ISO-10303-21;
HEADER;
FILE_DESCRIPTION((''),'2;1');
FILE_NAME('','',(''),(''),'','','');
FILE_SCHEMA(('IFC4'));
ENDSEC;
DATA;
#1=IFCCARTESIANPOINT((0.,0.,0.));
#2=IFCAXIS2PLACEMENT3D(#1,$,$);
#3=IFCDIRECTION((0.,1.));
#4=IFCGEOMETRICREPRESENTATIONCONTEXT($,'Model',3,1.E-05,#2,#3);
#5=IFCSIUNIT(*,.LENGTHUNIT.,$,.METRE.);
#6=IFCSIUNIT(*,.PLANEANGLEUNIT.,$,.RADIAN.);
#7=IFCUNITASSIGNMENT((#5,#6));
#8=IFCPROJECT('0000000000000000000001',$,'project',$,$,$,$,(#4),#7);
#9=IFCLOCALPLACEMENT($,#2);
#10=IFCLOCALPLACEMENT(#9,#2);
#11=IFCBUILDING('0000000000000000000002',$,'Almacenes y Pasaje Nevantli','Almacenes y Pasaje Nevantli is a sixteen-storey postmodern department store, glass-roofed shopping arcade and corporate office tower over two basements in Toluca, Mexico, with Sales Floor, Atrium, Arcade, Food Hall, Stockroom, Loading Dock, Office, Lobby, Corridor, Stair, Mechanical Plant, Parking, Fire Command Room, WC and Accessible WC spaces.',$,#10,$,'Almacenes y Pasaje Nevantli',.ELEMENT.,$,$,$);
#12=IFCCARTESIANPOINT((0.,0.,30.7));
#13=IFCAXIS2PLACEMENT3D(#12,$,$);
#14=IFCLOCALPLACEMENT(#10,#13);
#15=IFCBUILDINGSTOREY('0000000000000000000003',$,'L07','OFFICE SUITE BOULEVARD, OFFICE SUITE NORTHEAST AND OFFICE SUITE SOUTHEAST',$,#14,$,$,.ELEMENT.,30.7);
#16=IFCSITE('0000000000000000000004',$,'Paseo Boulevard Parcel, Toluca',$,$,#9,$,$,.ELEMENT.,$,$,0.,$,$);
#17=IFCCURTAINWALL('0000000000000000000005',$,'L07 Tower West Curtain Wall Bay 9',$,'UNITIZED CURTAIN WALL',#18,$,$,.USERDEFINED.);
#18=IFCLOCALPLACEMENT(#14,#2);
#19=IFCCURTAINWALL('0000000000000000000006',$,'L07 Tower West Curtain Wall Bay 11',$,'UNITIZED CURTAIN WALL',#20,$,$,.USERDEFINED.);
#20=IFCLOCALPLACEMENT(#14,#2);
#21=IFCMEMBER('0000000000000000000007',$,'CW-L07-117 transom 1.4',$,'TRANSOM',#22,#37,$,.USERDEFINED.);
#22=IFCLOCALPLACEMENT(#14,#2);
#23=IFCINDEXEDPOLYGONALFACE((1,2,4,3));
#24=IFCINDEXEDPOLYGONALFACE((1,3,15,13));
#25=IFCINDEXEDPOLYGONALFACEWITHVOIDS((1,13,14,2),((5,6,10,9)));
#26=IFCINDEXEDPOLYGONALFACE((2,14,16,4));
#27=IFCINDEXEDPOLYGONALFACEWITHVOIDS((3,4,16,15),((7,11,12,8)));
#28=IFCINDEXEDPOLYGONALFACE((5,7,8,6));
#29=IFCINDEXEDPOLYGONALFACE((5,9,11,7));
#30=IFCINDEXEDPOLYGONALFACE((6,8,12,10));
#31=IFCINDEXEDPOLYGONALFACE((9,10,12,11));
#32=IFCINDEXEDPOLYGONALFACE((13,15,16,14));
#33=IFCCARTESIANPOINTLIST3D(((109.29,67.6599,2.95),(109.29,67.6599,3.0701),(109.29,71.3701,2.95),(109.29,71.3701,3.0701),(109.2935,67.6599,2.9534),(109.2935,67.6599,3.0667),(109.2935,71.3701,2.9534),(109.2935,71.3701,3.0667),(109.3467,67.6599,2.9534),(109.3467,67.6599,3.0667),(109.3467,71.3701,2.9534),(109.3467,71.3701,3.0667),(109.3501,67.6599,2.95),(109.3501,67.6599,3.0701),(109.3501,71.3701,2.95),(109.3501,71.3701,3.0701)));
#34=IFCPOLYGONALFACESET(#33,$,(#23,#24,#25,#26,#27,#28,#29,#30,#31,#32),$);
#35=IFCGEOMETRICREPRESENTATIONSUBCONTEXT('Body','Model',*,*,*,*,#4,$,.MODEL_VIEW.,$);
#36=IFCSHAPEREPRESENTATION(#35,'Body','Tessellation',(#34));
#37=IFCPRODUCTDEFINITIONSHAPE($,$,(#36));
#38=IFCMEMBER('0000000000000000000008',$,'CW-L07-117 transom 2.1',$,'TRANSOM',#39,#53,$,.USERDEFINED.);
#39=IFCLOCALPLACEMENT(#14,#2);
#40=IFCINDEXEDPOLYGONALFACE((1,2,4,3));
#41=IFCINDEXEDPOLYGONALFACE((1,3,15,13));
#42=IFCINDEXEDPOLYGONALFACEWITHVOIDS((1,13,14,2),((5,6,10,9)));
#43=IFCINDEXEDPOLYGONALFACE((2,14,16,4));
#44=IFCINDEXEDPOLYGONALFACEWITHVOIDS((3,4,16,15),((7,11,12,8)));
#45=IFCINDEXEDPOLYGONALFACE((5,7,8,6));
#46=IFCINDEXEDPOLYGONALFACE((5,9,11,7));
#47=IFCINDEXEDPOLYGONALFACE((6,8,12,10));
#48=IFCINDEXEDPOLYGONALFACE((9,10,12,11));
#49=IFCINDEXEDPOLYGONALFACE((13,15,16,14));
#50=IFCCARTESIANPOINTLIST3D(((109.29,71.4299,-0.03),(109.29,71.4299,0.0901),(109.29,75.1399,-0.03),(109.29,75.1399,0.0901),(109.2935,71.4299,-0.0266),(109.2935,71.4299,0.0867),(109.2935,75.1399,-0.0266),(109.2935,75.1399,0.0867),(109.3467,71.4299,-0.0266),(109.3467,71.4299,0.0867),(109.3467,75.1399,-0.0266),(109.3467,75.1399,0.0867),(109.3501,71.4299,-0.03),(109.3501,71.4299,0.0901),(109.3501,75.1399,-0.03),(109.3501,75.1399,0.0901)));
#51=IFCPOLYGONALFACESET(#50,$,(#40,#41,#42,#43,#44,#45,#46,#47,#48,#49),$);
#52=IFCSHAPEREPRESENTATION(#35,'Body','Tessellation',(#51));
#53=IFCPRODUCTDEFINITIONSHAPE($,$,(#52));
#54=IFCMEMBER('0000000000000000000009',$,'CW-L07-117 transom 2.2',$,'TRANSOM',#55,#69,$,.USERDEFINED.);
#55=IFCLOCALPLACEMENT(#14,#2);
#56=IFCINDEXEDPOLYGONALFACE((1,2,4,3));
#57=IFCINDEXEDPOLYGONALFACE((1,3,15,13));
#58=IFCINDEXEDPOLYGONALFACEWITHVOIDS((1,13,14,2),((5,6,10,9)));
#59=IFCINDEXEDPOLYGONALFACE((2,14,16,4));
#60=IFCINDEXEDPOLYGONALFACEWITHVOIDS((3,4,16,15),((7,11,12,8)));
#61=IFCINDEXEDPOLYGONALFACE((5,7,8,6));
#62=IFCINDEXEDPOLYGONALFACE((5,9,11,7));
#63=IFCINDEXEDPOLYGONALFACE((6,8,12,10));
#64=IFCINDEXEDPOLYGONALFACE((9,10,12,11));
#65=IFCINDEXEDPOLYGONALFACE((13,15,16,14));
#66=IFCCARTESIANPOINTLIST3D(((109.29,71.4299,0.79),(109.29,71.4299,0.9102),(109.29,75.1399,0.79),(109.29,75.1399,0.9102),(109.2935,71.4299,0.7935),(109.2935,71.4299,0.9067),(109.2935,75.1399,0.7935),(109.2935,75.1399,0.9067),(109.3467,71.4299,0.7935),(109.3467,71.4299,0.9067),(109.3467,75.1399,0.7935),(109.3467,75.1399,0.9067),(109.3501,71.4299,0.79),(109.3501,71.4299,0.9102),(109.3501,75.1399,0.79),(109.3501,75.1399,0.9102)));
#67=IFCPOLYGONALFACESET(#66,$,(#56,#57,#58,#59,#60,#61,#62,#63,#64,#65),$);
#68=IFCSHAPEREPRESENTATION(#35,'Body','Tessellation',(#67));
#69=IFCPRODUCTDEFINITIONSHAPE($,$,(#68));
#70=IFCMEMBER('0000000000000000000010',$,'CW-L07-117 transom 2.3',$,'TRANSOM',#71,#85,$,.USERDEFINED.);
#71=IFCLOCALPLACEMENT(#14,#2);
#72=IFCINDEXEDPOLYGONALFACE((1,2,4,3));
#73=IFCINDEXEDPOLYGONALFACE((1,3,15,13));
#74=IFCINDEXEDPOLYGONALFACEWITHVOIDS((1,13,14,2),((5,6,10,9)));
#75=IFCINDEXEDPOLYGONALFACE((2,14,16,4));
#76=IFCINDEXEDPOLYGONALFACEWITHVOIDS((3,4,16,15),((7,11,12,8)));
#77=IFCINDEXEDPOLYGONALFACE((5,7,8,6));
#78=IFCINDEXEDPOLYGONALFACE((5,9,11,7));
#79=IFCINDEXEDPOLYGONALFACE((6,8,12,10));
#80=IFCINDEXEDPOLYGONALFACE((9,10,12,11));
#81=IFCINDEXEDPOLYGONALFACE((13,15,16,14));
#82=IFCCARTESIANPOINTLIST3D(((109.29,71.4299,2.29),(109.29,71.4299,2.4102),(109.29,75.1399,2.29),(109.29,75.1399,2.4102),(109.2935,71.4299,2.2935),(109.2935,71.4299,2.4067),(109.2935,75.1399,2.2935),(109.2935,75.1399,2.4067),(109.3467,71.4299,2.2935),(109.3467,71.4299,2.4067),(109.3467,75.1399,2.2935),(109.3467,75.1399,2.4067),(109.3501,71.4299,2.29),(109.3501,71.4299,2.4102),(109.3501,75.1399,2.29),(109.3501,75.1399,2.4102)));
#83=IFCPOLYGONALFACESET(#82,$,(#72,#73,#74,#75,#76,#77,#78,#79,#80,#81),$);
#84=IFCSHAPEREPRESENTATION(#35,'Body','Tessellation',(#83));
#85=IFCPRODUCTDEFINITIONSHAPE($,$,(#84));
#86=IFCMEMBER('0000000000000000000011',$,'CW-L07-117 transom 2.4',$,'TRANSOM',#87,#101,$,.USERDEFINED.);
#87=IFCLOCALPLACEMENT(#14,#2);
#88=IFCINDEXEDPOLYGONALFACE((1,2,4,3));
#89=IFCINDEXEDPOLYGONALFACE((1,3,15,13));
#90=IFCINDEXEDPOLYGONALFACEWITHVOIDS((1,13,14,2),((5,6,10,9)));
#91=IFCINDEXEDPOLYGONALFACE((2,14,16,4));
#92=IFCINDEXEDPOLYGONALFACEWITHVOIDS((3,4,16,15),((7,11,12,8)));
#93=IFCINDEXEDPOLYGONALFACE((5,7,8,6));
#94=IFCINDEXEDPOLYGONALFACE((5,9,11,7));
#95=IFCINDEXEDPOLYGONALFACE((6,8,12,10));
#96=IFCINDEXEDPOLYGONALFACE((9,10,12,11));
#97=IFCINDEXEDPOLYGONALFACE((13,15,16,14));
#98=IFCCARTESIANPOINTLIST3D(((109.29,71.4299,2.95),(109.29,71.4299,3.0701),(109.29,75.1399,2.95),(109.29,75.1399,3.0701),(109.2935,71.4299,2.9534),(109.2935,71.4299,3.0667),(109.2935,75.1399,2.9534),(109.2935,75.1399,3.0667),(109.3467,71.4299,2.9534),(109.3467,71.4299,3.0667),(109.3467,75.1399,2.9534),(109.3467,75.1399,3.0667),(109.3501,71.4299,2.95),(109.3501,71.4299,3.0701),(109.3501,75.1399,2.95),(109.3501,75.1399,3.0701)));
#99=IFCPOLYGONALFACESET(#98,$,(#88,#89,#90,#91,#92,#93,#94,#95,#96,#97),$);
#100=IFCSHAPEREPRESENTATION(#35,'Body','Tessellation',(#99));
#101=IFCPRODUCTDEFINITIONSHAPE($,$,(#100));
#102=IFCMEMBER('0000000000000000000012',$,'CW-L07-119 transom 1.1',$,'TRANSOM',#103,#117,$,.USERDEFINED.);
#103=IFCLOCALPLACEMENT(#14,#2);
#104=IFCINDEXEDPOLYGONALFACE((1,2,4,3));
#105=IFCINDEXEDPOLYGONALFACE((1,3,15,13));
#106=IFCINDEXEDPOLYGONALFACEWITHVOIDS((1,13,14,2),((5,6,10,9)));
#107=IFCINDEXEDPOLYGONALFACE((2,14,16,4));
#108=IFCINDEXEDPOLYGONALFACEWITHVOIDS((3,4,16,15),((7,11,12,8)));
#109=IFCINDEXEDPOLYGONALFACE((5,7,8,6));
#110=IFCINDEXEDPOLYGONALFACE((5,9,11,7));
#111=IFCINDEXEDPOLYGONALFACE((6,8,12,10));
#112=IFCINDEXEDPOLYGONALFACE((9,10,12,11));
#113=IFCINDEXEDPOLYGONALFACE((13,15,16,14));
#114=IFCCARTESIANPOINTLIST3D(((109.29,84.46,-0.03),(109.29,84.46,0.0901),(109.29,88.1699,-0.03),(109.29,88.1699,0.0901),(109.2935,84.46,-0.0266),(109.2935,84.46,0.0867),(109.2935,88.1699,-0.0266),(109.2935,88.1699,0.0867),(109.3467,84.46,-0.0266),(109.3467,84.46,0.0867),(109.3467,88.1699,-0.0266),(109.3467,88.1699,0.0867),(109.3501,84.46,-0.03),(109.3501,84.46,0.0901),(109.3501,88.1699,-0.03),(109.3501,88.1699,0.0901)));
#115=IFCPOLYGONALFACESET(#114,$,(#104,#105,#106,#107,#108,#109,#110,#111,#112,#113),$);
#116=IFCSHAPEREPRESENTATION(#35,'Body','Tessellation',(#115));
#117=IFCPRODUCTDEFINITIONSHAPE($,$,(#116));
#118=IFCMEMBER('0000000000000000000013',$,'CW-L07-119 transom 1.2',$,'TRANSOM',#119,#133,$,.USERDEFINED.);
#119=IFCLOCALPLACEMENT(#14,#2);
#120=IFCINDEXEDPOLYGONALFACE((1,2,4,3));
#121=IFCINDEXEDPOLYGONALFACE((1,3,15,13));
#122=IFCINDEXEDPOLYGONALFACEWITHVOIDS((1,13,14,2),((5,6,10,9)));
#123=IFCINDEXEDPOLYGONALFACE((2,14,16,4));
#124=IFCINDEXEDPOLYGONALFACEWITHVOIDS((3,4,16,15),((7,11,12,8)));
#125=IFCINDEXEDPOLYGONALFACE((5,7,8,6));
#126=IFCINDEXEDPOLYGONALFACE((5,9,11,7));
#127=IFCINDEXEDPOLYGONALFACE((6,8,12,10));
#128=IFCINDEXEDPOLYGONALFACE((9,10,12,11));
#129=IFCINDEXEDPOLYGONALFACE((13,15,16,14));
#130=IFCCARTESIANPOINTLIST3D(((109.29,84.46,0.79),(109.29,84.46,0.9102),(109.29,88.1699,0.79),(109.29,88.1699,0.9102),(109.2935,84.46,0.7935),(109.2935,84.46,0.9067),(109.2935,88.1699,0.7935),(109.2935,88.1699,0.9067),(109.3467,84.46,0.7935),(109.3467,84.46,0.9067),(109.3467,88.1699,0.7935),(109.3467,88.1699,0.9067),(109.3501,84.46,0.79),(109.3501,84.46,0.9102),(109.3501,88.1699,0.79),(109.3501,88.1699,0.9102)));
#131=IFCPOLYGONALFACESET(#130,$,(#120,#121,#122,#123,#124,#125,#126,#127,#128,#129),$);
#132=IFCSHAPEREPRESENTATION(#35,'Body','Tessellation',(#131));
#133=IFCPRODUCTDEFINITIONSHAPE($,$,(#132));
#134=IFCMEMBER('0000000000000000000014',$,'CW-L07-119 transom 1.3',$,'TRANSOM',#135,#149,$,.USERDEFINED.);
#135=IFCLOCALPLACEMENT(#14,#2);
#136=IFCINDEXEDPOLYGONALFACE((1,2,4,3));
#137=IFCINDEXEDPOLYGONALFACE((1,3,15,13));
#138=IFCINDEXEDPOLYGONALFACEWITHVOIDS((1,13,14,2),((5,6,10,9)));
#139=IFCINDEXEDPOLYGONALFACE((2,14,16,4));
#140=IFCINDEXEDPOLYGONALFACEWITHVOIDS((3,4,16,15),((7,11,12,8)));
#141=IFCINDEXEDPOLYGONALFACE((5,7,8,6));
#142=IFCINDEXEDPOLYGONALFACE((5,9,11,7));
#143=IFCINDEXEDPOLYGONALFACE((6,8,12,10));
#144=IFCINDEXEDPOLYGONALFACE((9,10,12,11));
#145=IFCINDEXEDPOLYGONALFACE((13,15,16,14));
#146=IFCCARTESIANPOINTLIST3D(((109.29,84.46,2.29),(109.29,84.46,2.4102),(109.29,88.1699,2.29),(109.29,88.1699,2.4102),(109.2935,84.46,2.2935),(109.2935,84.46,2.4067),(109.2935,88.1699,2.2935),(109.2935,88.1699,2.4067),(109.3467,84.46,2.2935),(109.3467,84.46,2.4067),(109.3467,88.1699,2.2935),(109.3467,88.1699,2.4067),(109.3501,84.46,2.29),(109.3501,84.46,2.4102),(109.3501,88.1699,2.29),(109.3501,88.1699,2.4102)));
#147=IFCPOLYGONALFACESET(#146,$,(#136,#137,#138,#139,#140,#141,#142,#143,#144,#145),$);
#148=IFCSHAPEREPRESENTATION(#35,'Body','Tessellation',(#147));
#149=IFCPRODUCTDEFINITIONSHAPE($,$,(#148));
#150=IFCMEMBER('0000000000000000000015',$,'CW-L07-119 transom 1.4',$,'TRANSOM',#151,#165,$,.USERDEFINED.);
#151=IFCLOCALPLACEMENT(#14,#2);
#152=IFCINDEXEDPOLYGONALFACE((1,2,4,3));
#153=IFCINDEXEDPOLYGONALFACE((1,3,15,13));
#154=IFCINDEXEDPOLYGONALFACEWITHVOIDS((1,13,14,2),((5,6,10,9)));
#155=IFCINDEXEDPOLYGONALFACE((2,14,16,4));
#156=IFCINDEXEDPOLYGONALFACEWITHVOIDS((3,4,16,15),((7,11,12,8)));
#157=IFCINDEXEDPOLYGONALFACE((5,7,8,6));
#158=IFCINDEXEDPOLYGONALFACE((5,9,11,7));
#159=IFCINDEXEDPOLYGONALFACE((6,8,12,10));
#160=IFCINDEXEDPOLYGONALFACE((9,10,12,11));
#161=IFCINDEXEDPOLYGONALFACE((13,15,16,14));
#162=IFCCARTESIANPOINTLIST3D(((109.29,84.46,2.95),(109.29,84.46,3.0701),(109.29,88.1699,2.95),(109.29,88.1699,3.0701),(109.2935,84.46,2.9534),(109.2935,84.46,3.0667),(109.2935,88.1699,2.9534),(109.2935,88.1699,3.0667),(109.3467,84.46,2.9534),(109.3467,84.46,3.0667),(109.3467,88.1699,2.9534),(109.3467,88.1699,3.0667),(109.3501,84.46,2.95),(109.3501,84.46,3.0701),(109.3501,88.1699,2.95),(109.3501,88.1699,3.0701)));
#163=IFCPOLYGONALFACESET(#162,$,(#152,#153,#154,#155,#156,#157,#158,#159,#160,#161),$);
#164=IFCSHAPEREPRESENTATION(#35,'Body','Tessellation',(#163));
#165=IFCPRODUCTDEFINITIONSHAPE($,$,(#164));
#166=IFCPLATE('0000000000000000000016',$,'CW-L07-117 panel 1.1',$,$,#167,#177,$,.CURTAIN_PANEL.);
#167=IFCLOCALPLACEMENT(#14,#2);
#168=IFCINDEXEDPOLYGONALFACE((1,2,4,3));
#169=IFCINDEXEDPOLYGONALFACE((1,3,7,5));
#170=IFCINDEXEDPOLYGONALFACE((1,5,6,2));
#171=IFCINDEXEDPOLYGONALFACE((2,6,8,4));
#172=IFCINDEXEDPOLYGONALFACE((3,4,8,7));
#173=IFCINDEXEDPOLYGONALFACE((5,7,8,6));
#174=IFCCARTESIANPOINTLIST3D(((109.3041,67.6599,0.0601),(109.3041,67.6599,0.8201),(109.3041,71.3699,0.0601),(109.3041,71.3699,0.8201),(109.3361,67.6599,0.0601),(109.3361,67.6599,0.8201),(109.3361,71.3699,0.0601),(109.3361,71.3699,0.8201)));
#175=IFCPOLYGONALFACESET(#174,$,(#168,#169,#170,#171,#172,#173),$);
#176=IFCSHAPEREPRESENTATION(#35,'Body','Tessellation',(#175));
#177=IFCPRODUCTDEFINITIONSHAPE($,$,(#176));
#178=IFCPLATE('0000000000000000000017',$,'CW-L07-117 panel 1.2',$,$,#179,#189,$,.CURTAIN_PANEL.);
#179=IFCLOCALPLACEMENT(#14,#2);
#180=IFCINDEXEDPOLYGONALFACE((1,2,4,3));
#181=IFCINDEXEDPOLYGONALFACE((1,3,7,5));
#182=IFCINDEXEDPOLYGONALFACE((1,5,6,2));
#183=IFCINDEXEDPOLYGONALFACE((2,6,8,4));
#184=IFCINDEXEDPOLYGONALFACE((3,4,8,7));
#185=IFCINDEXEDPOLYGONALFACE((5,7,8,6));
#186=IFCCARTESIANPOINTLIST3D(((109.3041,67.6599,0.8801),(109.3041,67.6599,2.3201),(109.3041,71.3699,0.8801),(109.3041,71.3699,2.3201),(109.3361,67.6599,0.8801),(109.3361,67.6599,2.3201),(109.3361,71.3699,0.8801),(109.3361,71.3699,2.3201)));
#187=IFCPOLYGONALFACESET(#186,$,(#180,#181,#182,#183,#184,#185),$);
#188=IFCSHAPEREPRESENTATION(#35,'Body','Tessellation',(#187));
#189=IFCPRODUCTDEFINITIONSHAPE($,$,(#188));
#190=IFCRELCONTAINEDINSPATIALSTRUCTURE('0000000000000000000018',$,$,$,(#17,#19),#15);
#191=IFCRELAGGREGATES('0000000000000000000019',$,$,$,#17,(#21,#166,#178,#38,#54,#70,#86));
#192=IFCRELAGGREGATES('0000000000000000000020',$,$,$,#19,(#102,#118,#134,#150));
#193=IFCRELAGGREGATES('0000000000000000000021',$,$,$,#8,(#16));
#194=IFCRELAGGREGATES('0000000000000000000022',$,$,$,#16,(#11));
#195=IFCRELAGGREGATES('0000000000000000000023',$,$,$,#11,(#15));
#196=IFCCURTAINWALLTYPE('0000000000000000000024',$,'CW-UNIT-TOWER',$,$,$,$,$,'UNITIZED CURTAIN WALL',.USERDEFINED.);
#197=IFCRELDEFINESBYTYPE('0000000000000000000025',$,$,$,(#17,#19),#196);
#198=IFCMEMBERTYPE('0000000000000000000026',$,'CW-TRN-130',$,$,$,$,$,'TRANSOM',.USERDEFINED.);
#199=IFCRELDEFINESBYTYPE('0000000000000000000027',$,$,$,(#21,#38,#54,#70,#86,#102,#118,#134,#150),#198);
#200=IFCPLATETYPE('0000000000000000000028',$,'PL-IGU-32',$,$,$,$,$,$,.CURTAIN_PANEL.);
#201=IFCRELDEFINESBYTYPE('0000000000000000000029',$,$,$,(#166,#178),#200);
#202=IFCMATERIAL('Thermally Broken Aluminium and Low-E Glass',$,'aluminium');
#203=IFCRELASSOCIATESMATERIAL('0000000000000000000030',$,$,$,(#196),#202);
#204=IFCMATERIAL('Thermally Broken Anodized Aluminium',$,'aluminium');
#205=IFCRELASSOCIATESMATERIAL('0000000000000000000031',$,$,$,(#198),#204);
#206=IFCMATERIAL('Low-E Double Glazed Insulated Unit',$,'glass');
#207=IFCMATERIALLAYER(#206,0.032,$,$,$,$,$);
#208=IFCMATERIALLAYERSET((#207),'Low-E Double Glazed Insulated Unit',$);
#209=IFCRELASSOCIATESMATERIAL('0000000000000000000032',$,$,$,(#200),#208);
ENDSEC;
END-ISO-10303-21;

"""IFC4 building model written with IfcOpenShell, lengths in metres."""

from ifc_helpers import new_model, si_unit, direction, frame, origin, origin_2d, place, context, subcontext, project, spatial, rectangle, hollow_rectangle, extrude, material, layer, layer_set, material_profile, profile_set, type_object, element, aggregate, save


model = new_model("IFC4")

# Units and contexts
model_context = context("Model", 3, precision=1e-05, world=origin(), true_north=direction((0.0, 1.0)))
body_context = subcontext(model_context, "Body", "Model", "MODEL_VIEW")
ifc_project = project(units=[si_unit("LENGTHUNIT", "METRE"), si_unit("PLANEANGLEUNIT", "RADIAN")], contexts=[model_context])

# Site, building, storey
site_placement = place(None, origin())
site = spatial("IfcSite", under=ifc_project, at=site_placement, Name="Paseo Boulevard Parcel, Toluca", CompositionType="ELEMENT", RefElevation=0.0)
building_placement = place(site_placement, origin())
building = spatial("IfcBuilding", under=site, at=building_placement, Name="Almacenes y Pasaje Nevantli", Description="Almacenes y Pasaje Nevantli is a sixteen-storey postmodern department store, glass-roofed shopping arcade and corporate office tower over two basements in Toluca, Mexico, with Sales Floor, Atrium, Arcade, Food Hall, Stockroom, Loading Dock, Office, Lobby, Corridor, Stair, Mechanical Plant, Parking, Fire Command Room, WC and Accessible WC spaces.", LongName="Almacenes y Pasaje Nevantli", CompositionType="ELEMENT")
storey_placement = place(building_placement, frame((0.0, 0.0, 30.7)))
storey = spatial("IfcBuildingStorey", under=building, at=storey_placement, Name="L07", Description="OFFICE SUITE BOULEVARD, OFFICE SUITE NORTHEAST AND OFFICE SUITE SOUTHEAST", CompositionType="ELEMENT", Elevation=30.7)

# Curtain walls
ifc_material_1 = material(Name="Thermally Broken Aluminium and Low-E Glass", Category="aluminium")
curtain_wall_type = type_object("IfcCurtainWallType", Name="CW-UNIT-TOWER", ElementType="UNITIZED CURTAIN WALL", PredefinedType="USERDEFINED", material=ifc_material_1)
curtain_wall_1_placement = place(storey_placement, origin())
curtain_wall_1 = element("IfcCurtainWall", 1, at=curtain_wall_1_placement, inside=storey, type_object=curtain_wall_type, Name="L07 Tower West Curtain Wall Bay 9", ObjectType="UNITIZED CURTAIN WALL", PredefinedType="USERDEFINED")
curtain_wall_2_placement = place(storey_placement, origin())
curtain_wall_2 = element("IfcCurtainWall", 2, at=curtain_wall_2_placement, inside=storey, type_object=curtain_wall_type, Name="L07 Tower West Curtain Wall Bay 11", ObjectType="UNITIZED CURTAIN WALL", PredefinedType="USERDEFINED")

# Members
ifc_material_2 = material(Name="Thermally Broken Anodized Aluminium", Category="aluminium")
ifc_material_profile_1 = material_profile(ifc_material_2, hollow_rectangle(XDim=0.0601, YDim=0.1201, WallThickness=0.0034, at=origin_2d()), Name="ALU-TRN-60x120")
ifc_profile_set_1 = profile_set([ifc_material_profile_1], Name="Thermally Broken Anodized Aluminium")
member_type_1 = type_object("IfcMemberType", Name="CW-TRN-130", ElementType="TRANSOM", PredefinedType="USERDEFINED", material=ifc_profile_set_1)
member_1_placement = place(storey_placement, frame((109.3201, 67.6599, 3.01), z_axis=(0.0, 1.0, 0.0), x_axis=(-1.0, 0.0, 0.0)))
member_1 = element("IfcMember", 3, at=member_1_placement, type_object=member_type_1, Name="CW-L07-117 transom 1.4", ObjectType="TRANSOM", PredefinedType="USERDEFINED", context=body_context, shape_type="SweptSolid", body=[
    extrude(hollow_rectangle(XDim=0.0601, YDim=0.1201, WallThickness=0.0034, at=origin_2d()), origin(), (0.0, 0.0, 1.0), 3.7102),
])
member_2_placement = place(storey_placement, frame((109.3201, 71.4299, 0.03), z_axis=(0.0, 1.0, 0.0), x_axis=(-1.0, 0.0, 0.0)))
member_2 = element("IfcMember", 4, at=member_2_placement, type_object=member_type_1, Name="CW-L07-117 transom 2.1", ObjectType="TRANSOM", PredefinedType="USERDEFINED", context=body_context, shape_type="SweptSolid", body=[
    extrude(hollow_rectangle(XDim=0.0601, YDim=0.1201, WallThickness=0.0034, at=origin_2d()), origin(), (0.0, 0.0, 1.0), 3.71),
])
member_3_placement = place(storey_placement, frame((109.3201, 71.4299, 0.8501), z_axis=(0.0, 1.0, 0.0), x_axis=(-1.0, 0.0, 0.0)))
member_3 = element("IfcMember", 5, at=member_3_placement, type_object=member_type_1, Name="CW-L07-117 transom 2.2", ObjectType="TRANSOM", PredefinedType="USERDEFINED", context=body_context, shape_type="SweptSolid", body=[
    extrude(hollow_rectangle(XDim=0.0601, YDim=0.1201, WallThickness=0.0034, at=origin_2d()), origin(), (0.0, 0.0, 1.0), 3.71),
])
member_4_placement = place(storey_placement, frame((109.3201, 71.4299, 2.3501), z_axis=(0.0, 1.0, 0.0), x_axis=(-1.0, 0.0, 0.0)))
member_4 = element("IfcMember", 6, at=member_4_placement, type_object=member_type_1, Name="CW-L07-117 transom 2.3", ObjectType="TRANSOM", PredefinedType="USERDEFINED", context=body_context, shape_type="SweptSolid", body=[
    extrude(hollow_rectangle(XDim=0.0601, YDim=0.1201, WallThickness=0.0034, at=origin_2d()), origin(), (0.0, 0.0, 1.0), 3.71),
])
member_5_placement = place(storey_placement, frame((109.3201, 71.4299, 3.01), z_axis=(0.0, 1.0, 0.0), x_axis=(-1.0, 0.0, 0.0)))
member_5 = element("IfcMember", 7, at=member_5_placement, type_object=member_type_1, Name="CW-L07-117 transom 2.4", ObjectType="TRANSOM", PredefinedType="USERDEFINED", context=body_context, shape_type="SweptSolid", body=[
    extrude(hollow_rectangle(XDim=0.0601, YDim=0.1201, WallThickness=0.0034, at=origin_2d()), origin(), (0.0, 0.0, 1.0), 3.71),
])
member_6_placement = place(storey_placement, frame((109.3201, 84.46, 0.03), z_axis=(0.0, 1.0, 0.0), x_axis=(-1.0, 0.0, 0.0)))
member_6 = element("IfcMember", 8, at=member_6_placement, type_object=member_type_1, Name="CW-L07-119 transom 1.1", ObjectType="TRANSOM", PredefinedType="USERDEFINED", context=body_context, shape_type="SweptSolid", body=[
    extrude(hollow_rectangle(XDim=0.0601, YDim=0.1201, WallThickness=0.0034, at=origin_2d()), origin(), (0.0, 0.0, 1.0), 3.71),
])
member_7_placement = place(storey_placement, frame((109.3201, 84.46, 0.8501), z_axis=(0.0, 1.0, 0.0), x_axis=(-1.0, 0.0, 0.0)))
member_7 = element("IfcMember", 9, at=member_7_placement, type_object=member_type_1, Name="CW-L07-119 transom 1.2", ObjectType="TRANSOM", PredefinedType="USERDEFINED", context=body_context, shape_type="SweptSolid", body=[
    extrude(hollow_rectangle(XDim=0.0601, YDim=0.1201, WallThickness=0.0034, at=origin_2d()), origin(), (0.0, 0.0, 1.0), 3.71),
])
member_8_placement = place(storey_placement, frame((109.3201, 84.46, 2.3501), z_axis=(0.0, 1.0, 0.0), x_axis=(-1.0, 0.0, 0.0)))
member_8 = element("IfcMember", 10, at=member_8_placement, type_object=member_type_1, Name="CW-L07-119 transom 1.3", ObjectType="TRANSOM", PredefinedType="USERDEFINED", context=body_context, shape_type="SweptSolid", body=[
    extrude(hollow_rectangle(XDim=0.0601, YDim=0.1201, WallThickness=0.0034, at=origin_2d()), origin(), (0.0, 0.0, 1.0), 3.71),
])
member_9_placement = place(storey_placement, frame((109.3201, 84.46, 3.01), z_axis=(0.0, 1.0, 0.0), x_axis=(-1.0, 0.0, 0.0)))
member_9 = element("IfcMember", 11, at=member_9_placement, type_object=member_type_1, Name="CW-L07-119 transom 1.4", ObjectType="TRANSOM", PredefinedType="USERDEFINED", context=body_context, shape_type="SweptSolid", body=[
    extrude(hollow_rectangle(XDim=0.0601, YDim=0.1201, WallThickness=0.0034, at=origin_2d()), origin(), (0.0, 0.0, 1.0), 3.71),
])

# Plates
ifc_material_3 = material(Name="Low-E Double Glazed Insulated Unit", Category="glass")
ifc_layer = layer(ifc_material_3, 0.032)
ifc_layer_set = layer_set([ifc_layer], Name="Low-E Double Glazed Insulated Unit")
plate_type = type_object("IfcPlateType", Name="PL-IGU-32", PredefinedType="CURTAIN_PANEL", material=ifc_layer_set)
plate_1_placement = place(storey_placement, frame((109.3201, 69.5149, 0.0601), z_axis=(0.0, 0.0, 1.0), x_axis=(0.0, 1.0, 0.0)))
plate_1 = element("IfcPlate", 12, at=plate_1_placement, type_object=plate_type, Name="CW-L07-117 panel 1.1", PredefinedType="CURTAIN_PANEL", context=body_context, shape_type="SweptSolid", body=[
    extrude(rectangle(XDim=3.71, YDim=0.032, at=origin_2d()), origin(), (0.0, 0.0, 1.0), 0.76),
])
plate_2_placement = place(storey_placement, frame((109.3201, 69.5149, 0.8801), z_axis=(0.0, 0.0, 1.0), x_axis=(0.0, 1.0, 0.0)))
plate_2 = element("IfcPlate", 13, at=plate_2_placement, type_object=plate_type, Name="CW-L07-117 panel 1.2", PredefinedType="CURTAIN_PANEL", context=body_context, shape_type="SweptSolid", body=[
    extrude(rectangle(XDim=3.71, YDim=0.032, at=origin_2d()), origin(), (0.0, 0.0, 1.0), 1.4399),
])
aggregate(curtain_wall_1, [member_1, plate_1, plate_2, member_2, member_3, member_4, member_5])
aggregate(curtain_wall_2, [member_6, member_7, member_8, member_9])

save(model, "model.ifc")
